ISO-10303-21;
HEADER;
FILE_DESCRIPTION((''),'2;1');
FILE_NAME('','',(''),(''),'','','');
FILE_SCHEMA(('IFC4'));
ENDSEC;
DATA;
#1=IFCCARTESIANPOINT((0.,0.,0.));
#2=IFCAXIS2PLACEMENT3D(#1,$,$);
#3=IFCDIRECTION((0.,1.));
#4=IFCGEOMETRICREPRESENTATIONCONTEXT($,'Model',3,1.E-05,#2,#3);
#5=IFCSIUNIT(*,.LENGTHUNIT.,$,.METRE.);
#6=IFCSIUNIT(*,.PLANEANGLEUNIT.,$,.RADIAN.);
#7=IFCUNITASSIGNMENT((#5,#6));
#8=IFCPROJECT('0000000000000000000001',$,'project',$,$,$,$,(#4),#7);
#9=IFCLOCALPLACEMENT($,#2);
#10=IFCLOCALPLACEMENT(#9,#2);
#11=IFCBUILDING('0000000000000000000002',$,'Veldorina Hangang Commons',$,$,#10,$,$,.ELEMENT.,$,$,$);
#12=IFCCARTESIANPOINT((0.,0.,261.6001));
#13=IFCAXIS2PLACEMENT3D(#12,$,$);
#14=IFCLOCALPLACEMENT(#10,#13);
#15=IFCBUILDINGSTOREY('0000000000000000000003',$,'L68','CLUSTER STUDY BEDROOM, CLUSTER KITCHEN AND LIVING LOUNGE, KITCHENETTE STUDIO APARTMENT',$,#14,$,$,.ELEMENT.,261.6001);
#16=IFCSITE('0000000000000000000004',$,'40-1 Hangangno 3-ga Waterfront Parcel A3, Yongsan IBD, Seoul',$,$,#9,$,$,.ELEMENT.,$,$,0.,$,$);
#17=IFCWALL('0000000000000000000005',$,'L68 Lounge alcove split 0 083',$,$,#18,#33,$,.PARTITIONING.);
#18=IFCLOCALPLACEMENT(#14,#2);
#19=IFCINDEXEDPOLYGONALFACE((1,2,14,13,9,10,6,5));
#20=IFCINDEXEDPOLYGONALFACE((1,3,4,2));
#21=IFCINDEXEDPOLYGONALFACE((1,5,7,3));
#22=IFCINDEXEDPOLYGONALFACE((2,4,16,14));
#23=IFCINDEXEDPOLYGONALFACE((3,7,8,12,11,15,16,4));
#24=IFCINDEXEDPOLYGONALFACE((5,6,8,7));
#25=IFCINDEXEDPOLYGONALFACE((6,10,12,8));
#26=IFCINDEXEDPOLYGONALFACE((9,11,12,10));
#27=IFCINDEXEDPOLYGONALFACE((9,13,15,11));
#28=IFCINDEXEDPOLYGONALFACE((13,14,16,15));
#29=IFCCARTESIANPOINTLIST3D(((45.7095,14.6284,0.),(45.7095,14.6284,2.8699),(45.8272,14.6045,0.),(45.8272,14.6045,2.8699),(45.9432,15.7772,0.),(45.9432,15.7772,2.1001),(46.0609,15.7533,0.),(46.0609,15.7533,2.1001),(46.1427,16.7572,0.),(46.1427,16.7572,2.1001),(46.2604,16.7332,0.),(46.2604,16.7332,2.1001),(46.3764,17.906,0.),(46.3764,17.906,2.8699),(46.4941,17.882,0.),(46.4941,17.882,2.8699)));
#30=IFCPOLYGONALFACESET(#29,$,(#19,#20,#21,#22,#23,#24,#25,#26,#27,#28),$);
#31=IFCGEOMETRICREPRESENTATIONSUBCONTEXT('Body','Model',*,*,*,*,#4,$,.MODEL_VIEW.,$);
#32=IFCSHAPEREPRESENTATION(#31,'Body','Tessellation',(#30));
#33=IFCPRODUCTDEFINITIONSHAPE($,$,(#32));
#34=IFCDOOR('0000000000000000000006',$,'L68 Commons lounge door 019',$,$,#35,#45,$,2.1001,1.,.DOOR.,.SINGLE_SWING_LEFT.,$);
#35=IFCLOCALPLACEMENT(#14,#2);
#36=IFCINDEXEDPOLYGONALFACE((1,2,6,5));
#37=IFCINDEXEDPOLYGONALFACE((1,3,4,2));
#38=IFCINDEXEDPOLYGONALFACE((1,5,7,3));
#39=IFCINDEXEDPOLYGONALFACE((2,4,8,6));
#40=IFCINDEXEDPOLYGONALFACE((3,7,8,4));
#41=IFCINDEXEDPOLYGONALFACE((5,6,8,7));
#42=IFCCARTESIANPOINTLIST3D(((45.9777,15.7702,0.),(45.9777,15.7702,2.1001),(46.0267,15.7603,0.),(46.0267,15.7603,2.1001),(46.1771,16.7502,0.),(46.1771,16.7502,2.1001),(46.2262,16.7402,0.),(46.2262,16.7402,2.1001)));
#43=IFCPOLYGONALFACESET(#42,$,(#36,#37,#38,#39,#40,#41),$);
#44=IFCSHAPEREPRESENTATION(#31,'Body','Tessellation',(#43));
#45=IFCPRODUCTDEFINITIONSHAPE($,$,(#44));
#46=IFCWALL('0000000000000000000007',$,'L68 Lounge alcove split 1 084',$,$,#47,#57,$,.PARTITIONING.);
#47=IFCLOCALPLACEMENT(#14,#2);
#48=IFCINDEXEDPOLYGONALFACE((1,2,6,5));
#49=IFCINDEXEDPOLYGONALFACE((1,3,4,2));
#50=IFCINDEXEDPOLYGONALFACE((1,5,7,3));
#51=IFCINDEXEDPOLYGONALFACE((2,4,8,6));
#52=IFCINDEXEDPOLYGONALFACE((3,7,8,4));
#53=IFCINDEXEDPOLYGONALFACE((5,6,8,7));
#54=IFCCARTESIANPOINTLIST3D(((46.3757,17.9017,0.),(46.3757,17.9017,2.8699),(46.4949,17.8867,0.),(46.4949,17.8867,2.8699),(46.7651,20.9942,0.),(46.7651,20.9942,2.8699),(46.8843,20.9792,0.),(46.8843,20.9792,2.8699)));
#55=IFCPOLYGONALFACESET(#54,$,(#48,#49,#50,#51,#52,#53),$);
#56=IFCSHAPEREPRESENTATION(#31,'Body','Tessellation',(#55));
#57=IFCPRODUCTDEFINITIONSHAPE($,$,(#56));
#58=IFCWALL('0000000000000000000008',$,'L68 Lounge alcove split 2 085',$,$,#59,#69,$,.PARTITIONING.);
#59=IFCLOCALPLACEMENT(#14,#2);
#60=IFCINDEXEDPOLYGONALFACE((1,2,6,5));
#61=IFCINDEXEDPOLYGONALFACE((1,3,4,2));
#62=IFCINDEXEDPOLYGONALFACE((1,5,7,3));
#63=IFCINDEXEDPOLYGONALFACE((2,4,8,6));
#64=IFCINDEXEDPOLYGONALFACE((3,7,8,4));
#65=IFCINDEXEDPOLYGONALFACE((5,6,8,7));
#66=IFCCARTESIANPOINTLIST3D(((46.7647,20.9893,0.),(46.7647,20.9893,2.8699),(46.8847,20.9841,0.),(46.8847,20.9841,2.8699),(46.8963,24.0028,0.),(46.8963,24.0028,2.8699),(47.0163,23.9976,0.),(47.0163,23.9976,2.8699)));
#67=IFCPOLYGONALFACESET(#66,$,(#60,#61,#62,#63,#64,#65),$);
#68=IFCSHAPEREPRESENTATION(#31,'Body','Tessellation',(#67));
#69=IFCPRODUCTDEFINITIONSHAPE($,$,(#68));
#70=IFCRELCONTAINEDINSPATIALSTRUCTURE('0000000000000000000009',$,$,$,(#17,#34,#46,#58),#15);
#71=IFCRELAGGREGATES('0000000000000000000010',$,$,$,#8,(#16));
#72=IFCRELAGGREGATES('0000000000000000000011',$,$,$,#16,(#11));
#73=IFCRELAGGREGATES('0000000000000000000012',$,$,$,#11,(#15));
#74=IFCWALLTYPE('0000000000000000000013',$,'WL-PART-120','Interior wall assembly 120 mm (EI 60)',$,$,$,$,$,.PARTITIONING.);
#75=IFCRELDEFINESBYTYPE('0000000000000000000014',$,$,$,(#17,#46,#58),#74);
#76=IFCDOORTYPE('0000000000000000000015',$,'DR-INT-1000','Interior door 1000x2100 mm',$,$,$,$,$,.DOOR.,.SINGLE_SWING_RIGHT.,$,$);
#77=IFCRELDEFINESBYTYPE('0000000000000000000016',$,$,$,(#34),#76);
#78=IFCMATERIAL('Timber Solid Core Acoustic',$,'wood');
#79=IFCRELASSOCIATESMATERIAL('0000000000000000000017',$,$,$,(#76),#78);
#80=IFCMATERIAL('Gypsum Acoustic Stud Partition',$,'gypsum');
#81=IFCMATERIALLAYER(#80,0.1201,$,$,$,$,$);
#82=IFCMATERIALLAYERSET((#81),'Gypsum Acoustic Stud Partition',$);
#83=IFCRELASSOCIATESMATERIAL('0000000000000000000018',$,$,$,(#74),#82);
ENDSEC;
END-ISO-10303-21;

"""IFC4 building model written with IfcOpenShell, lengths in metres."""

from ifc_helpers import new_model, si_unit, direction, frame, frame_2d, origin, place, context, subcontext, project, spatial, rectangle, extrude, material, layer, layer_set, type_object, element, fill, save


model = new_model("IFC4")

# Units and contexts
model_context = context("Model", 3, precision=1e-05, world=origin(), true_north=direction((0.0, 1.0)))
body_context = subcontext(model_context, "Body", "Model", "MODEL_VIEW")
ifc_project = project(units=[si_unit("LENGTHUNIT", "METRE"), si_unit("PLANEANGLEUNIT", "RADIAN")], contexts=[model_context])

# Site, building, storey
site_placement = place(None, origin())
site = spatial("IfcSite", under=ifc_project, at=site_placement, Name="40-1 Hangangno 3-ga Waterfront Parcel A3, Yongsan IBD, Seoul", CompositionType="ELEMENT", RefElevation=0.0)
building_placement = place(site_placement, origin())
building = spatial("IfcBuilding", under=site, at=building_placement, Name="Veldorina Hangang Commons", CompositionType="ELEMENT")
storey_placement = place(building_placement, frame((0.0, 0.0, 261.6001)))
storey = spatial("IfcBuildingStorey", under=building, at=storey_placement, Name="L68", Description="CLUSTER STUDY BEDROOM, CLUSTER KITCHEN AND LIVING LOUNGE, KITCHENETTE STUDIO APARTMENT", CompositionType="ELEMENT", Elevation=261.6001)

# Shared definitions
ifc_material_1 = material(Name="Timber Solid Core Acoustic", Category="wood")
door_type_1 = type_object("IfcDoorType", Name="DR-INT-1000", Description="Interior door 1000x2100 mm", OperationType="SINGLE_SWING_RIGHT", PredefinedType="DOOR", material=ifc_material_1)

# Wall, opening, door
ifc_material_2 = material(Name="Gypsum Acoustic Stud Partition", Category="gypsum")
ifc_layer_1 = layer(ifc_material_2, 0.1201)
ifc_layer_set_1 = layer_set([ifc_layer_1], Name="Gypsum Acoustic Stud Partition")
wall_type_1 = type_object("IfcWallType", Name="WL-PART-120", Description="Interior wall assembly 120 mm (EI 60)", PredefinedType="PARTITIONING", material=ifc_layer_set_1)
wall_1_placement = place(storey_placement, frame((45.7683, 14.6165, 0.0), z_axis=(0.0, 0.0, 1.0), x_axis=(0.199414, 0.979915, 0.0)))
wall_1 = element("IfcWall", 1, at=wall_1_placement, inside=storey, type_object=wall_type_1, Name="L68 Lounge alcove split 0 083", PredefinedType="PARTITIONING", context=body_context, shape_type="SweptSolid", body=[
    extrude(rectangle(XDim=3.3447, YDim=0.1201, at=frame_2d((1.6724, 0.0))), origin(), (0.0, 0.0, 1.0), 2.8699),
])
opening_1_placement = place(wall_1_placement, frame((1.1724, 0.0, 0.0)))
opening_1 = element("IfcOpeningElement", 2, at=opening_1_placement, cuts=wall_1, PredefinedType="OPENING", context=body_context, shape_type="SweptSolid", body=[
    extrude(rectangle(XDim=1.0, YDim=2.1001, at=frame_2d((0.5, 1.05))), frame((0.0, 0.0701, 0.0), z_axis=(0.0, -1.0, 0.0), x_axis=(1.0, 0.0, 0.0)), (0.0, 0.0, 1.0), 0.1401),
])
door_1_placement = place(opening_1_placement, origin())
door_1 = element("IfcDoor", 3, at=door_1_placement, inside=storey, type_object=door_type_1, Name="L68 Commons lounge door 019", OperationType="SINGLE_SWING_LEFT", OverallHeight=2.1001, OverallWidth=1.0, PredefinedType="DOOR", context=body_context, shape_type="SweptSolid", body=[
    extrude(rectangle(XDim=1.0, YDim=2.1001, at=frame_2d((0.5, 1.05))), frame((0.0, 0.0249, 0.0), z_axis=(0.0, -1.0, 0.0), x_axis=(1.0, 0.0, 0.0)), (0.0, 0.0, 1.0), 0.05),
])
fill(opening_1, door_1)

# Walls
wall_2_placement = place(storey_placement, frame((46.4353, 17.894, 0.0), z_axis=(0.0, 0.0, 1.0), x_axis=(0.124931, 0.992165, 0.0)))
element("IfcWall", 4, at=wall_2_placement, inside=storey, type_object=wall_type_1, Name="L68 Lounge alcove split 1 084", PredefinedType="PARTITIONING", context=body_context, shape_type="SweptSolid", body=[
    extrude(rectangle(XDim=3.1169, YDim=0.1201, at=frame_2d((1.5586, 0.0))), origin(), (0.0, 0.0, 1.0), 2.8699),
])
wall_3_placement = place(storey_placement, frame((46.8247, 20.9866, 0.0), z_axis=(0.0, 0.0, 1.0), x_axis=(0.043627, 0.999048, 0.0)))
element("IfcWall", 5, at=wall_3_placement, inside=storey, type_object=wall_type_1, Name="L68 Lounge alcove split 2 085", PredefinedType="PARTITIONING", context=body_context, shape_type="SweptSolid", body=[
    extrude(rectangle(XDim=3.0164, YDim=0.1201, at=frame_2d((1.5083, 0.0))), origin(), (0.0, 0.0, 1.0), 2.8699),
])

save(model, "model.ifc")
